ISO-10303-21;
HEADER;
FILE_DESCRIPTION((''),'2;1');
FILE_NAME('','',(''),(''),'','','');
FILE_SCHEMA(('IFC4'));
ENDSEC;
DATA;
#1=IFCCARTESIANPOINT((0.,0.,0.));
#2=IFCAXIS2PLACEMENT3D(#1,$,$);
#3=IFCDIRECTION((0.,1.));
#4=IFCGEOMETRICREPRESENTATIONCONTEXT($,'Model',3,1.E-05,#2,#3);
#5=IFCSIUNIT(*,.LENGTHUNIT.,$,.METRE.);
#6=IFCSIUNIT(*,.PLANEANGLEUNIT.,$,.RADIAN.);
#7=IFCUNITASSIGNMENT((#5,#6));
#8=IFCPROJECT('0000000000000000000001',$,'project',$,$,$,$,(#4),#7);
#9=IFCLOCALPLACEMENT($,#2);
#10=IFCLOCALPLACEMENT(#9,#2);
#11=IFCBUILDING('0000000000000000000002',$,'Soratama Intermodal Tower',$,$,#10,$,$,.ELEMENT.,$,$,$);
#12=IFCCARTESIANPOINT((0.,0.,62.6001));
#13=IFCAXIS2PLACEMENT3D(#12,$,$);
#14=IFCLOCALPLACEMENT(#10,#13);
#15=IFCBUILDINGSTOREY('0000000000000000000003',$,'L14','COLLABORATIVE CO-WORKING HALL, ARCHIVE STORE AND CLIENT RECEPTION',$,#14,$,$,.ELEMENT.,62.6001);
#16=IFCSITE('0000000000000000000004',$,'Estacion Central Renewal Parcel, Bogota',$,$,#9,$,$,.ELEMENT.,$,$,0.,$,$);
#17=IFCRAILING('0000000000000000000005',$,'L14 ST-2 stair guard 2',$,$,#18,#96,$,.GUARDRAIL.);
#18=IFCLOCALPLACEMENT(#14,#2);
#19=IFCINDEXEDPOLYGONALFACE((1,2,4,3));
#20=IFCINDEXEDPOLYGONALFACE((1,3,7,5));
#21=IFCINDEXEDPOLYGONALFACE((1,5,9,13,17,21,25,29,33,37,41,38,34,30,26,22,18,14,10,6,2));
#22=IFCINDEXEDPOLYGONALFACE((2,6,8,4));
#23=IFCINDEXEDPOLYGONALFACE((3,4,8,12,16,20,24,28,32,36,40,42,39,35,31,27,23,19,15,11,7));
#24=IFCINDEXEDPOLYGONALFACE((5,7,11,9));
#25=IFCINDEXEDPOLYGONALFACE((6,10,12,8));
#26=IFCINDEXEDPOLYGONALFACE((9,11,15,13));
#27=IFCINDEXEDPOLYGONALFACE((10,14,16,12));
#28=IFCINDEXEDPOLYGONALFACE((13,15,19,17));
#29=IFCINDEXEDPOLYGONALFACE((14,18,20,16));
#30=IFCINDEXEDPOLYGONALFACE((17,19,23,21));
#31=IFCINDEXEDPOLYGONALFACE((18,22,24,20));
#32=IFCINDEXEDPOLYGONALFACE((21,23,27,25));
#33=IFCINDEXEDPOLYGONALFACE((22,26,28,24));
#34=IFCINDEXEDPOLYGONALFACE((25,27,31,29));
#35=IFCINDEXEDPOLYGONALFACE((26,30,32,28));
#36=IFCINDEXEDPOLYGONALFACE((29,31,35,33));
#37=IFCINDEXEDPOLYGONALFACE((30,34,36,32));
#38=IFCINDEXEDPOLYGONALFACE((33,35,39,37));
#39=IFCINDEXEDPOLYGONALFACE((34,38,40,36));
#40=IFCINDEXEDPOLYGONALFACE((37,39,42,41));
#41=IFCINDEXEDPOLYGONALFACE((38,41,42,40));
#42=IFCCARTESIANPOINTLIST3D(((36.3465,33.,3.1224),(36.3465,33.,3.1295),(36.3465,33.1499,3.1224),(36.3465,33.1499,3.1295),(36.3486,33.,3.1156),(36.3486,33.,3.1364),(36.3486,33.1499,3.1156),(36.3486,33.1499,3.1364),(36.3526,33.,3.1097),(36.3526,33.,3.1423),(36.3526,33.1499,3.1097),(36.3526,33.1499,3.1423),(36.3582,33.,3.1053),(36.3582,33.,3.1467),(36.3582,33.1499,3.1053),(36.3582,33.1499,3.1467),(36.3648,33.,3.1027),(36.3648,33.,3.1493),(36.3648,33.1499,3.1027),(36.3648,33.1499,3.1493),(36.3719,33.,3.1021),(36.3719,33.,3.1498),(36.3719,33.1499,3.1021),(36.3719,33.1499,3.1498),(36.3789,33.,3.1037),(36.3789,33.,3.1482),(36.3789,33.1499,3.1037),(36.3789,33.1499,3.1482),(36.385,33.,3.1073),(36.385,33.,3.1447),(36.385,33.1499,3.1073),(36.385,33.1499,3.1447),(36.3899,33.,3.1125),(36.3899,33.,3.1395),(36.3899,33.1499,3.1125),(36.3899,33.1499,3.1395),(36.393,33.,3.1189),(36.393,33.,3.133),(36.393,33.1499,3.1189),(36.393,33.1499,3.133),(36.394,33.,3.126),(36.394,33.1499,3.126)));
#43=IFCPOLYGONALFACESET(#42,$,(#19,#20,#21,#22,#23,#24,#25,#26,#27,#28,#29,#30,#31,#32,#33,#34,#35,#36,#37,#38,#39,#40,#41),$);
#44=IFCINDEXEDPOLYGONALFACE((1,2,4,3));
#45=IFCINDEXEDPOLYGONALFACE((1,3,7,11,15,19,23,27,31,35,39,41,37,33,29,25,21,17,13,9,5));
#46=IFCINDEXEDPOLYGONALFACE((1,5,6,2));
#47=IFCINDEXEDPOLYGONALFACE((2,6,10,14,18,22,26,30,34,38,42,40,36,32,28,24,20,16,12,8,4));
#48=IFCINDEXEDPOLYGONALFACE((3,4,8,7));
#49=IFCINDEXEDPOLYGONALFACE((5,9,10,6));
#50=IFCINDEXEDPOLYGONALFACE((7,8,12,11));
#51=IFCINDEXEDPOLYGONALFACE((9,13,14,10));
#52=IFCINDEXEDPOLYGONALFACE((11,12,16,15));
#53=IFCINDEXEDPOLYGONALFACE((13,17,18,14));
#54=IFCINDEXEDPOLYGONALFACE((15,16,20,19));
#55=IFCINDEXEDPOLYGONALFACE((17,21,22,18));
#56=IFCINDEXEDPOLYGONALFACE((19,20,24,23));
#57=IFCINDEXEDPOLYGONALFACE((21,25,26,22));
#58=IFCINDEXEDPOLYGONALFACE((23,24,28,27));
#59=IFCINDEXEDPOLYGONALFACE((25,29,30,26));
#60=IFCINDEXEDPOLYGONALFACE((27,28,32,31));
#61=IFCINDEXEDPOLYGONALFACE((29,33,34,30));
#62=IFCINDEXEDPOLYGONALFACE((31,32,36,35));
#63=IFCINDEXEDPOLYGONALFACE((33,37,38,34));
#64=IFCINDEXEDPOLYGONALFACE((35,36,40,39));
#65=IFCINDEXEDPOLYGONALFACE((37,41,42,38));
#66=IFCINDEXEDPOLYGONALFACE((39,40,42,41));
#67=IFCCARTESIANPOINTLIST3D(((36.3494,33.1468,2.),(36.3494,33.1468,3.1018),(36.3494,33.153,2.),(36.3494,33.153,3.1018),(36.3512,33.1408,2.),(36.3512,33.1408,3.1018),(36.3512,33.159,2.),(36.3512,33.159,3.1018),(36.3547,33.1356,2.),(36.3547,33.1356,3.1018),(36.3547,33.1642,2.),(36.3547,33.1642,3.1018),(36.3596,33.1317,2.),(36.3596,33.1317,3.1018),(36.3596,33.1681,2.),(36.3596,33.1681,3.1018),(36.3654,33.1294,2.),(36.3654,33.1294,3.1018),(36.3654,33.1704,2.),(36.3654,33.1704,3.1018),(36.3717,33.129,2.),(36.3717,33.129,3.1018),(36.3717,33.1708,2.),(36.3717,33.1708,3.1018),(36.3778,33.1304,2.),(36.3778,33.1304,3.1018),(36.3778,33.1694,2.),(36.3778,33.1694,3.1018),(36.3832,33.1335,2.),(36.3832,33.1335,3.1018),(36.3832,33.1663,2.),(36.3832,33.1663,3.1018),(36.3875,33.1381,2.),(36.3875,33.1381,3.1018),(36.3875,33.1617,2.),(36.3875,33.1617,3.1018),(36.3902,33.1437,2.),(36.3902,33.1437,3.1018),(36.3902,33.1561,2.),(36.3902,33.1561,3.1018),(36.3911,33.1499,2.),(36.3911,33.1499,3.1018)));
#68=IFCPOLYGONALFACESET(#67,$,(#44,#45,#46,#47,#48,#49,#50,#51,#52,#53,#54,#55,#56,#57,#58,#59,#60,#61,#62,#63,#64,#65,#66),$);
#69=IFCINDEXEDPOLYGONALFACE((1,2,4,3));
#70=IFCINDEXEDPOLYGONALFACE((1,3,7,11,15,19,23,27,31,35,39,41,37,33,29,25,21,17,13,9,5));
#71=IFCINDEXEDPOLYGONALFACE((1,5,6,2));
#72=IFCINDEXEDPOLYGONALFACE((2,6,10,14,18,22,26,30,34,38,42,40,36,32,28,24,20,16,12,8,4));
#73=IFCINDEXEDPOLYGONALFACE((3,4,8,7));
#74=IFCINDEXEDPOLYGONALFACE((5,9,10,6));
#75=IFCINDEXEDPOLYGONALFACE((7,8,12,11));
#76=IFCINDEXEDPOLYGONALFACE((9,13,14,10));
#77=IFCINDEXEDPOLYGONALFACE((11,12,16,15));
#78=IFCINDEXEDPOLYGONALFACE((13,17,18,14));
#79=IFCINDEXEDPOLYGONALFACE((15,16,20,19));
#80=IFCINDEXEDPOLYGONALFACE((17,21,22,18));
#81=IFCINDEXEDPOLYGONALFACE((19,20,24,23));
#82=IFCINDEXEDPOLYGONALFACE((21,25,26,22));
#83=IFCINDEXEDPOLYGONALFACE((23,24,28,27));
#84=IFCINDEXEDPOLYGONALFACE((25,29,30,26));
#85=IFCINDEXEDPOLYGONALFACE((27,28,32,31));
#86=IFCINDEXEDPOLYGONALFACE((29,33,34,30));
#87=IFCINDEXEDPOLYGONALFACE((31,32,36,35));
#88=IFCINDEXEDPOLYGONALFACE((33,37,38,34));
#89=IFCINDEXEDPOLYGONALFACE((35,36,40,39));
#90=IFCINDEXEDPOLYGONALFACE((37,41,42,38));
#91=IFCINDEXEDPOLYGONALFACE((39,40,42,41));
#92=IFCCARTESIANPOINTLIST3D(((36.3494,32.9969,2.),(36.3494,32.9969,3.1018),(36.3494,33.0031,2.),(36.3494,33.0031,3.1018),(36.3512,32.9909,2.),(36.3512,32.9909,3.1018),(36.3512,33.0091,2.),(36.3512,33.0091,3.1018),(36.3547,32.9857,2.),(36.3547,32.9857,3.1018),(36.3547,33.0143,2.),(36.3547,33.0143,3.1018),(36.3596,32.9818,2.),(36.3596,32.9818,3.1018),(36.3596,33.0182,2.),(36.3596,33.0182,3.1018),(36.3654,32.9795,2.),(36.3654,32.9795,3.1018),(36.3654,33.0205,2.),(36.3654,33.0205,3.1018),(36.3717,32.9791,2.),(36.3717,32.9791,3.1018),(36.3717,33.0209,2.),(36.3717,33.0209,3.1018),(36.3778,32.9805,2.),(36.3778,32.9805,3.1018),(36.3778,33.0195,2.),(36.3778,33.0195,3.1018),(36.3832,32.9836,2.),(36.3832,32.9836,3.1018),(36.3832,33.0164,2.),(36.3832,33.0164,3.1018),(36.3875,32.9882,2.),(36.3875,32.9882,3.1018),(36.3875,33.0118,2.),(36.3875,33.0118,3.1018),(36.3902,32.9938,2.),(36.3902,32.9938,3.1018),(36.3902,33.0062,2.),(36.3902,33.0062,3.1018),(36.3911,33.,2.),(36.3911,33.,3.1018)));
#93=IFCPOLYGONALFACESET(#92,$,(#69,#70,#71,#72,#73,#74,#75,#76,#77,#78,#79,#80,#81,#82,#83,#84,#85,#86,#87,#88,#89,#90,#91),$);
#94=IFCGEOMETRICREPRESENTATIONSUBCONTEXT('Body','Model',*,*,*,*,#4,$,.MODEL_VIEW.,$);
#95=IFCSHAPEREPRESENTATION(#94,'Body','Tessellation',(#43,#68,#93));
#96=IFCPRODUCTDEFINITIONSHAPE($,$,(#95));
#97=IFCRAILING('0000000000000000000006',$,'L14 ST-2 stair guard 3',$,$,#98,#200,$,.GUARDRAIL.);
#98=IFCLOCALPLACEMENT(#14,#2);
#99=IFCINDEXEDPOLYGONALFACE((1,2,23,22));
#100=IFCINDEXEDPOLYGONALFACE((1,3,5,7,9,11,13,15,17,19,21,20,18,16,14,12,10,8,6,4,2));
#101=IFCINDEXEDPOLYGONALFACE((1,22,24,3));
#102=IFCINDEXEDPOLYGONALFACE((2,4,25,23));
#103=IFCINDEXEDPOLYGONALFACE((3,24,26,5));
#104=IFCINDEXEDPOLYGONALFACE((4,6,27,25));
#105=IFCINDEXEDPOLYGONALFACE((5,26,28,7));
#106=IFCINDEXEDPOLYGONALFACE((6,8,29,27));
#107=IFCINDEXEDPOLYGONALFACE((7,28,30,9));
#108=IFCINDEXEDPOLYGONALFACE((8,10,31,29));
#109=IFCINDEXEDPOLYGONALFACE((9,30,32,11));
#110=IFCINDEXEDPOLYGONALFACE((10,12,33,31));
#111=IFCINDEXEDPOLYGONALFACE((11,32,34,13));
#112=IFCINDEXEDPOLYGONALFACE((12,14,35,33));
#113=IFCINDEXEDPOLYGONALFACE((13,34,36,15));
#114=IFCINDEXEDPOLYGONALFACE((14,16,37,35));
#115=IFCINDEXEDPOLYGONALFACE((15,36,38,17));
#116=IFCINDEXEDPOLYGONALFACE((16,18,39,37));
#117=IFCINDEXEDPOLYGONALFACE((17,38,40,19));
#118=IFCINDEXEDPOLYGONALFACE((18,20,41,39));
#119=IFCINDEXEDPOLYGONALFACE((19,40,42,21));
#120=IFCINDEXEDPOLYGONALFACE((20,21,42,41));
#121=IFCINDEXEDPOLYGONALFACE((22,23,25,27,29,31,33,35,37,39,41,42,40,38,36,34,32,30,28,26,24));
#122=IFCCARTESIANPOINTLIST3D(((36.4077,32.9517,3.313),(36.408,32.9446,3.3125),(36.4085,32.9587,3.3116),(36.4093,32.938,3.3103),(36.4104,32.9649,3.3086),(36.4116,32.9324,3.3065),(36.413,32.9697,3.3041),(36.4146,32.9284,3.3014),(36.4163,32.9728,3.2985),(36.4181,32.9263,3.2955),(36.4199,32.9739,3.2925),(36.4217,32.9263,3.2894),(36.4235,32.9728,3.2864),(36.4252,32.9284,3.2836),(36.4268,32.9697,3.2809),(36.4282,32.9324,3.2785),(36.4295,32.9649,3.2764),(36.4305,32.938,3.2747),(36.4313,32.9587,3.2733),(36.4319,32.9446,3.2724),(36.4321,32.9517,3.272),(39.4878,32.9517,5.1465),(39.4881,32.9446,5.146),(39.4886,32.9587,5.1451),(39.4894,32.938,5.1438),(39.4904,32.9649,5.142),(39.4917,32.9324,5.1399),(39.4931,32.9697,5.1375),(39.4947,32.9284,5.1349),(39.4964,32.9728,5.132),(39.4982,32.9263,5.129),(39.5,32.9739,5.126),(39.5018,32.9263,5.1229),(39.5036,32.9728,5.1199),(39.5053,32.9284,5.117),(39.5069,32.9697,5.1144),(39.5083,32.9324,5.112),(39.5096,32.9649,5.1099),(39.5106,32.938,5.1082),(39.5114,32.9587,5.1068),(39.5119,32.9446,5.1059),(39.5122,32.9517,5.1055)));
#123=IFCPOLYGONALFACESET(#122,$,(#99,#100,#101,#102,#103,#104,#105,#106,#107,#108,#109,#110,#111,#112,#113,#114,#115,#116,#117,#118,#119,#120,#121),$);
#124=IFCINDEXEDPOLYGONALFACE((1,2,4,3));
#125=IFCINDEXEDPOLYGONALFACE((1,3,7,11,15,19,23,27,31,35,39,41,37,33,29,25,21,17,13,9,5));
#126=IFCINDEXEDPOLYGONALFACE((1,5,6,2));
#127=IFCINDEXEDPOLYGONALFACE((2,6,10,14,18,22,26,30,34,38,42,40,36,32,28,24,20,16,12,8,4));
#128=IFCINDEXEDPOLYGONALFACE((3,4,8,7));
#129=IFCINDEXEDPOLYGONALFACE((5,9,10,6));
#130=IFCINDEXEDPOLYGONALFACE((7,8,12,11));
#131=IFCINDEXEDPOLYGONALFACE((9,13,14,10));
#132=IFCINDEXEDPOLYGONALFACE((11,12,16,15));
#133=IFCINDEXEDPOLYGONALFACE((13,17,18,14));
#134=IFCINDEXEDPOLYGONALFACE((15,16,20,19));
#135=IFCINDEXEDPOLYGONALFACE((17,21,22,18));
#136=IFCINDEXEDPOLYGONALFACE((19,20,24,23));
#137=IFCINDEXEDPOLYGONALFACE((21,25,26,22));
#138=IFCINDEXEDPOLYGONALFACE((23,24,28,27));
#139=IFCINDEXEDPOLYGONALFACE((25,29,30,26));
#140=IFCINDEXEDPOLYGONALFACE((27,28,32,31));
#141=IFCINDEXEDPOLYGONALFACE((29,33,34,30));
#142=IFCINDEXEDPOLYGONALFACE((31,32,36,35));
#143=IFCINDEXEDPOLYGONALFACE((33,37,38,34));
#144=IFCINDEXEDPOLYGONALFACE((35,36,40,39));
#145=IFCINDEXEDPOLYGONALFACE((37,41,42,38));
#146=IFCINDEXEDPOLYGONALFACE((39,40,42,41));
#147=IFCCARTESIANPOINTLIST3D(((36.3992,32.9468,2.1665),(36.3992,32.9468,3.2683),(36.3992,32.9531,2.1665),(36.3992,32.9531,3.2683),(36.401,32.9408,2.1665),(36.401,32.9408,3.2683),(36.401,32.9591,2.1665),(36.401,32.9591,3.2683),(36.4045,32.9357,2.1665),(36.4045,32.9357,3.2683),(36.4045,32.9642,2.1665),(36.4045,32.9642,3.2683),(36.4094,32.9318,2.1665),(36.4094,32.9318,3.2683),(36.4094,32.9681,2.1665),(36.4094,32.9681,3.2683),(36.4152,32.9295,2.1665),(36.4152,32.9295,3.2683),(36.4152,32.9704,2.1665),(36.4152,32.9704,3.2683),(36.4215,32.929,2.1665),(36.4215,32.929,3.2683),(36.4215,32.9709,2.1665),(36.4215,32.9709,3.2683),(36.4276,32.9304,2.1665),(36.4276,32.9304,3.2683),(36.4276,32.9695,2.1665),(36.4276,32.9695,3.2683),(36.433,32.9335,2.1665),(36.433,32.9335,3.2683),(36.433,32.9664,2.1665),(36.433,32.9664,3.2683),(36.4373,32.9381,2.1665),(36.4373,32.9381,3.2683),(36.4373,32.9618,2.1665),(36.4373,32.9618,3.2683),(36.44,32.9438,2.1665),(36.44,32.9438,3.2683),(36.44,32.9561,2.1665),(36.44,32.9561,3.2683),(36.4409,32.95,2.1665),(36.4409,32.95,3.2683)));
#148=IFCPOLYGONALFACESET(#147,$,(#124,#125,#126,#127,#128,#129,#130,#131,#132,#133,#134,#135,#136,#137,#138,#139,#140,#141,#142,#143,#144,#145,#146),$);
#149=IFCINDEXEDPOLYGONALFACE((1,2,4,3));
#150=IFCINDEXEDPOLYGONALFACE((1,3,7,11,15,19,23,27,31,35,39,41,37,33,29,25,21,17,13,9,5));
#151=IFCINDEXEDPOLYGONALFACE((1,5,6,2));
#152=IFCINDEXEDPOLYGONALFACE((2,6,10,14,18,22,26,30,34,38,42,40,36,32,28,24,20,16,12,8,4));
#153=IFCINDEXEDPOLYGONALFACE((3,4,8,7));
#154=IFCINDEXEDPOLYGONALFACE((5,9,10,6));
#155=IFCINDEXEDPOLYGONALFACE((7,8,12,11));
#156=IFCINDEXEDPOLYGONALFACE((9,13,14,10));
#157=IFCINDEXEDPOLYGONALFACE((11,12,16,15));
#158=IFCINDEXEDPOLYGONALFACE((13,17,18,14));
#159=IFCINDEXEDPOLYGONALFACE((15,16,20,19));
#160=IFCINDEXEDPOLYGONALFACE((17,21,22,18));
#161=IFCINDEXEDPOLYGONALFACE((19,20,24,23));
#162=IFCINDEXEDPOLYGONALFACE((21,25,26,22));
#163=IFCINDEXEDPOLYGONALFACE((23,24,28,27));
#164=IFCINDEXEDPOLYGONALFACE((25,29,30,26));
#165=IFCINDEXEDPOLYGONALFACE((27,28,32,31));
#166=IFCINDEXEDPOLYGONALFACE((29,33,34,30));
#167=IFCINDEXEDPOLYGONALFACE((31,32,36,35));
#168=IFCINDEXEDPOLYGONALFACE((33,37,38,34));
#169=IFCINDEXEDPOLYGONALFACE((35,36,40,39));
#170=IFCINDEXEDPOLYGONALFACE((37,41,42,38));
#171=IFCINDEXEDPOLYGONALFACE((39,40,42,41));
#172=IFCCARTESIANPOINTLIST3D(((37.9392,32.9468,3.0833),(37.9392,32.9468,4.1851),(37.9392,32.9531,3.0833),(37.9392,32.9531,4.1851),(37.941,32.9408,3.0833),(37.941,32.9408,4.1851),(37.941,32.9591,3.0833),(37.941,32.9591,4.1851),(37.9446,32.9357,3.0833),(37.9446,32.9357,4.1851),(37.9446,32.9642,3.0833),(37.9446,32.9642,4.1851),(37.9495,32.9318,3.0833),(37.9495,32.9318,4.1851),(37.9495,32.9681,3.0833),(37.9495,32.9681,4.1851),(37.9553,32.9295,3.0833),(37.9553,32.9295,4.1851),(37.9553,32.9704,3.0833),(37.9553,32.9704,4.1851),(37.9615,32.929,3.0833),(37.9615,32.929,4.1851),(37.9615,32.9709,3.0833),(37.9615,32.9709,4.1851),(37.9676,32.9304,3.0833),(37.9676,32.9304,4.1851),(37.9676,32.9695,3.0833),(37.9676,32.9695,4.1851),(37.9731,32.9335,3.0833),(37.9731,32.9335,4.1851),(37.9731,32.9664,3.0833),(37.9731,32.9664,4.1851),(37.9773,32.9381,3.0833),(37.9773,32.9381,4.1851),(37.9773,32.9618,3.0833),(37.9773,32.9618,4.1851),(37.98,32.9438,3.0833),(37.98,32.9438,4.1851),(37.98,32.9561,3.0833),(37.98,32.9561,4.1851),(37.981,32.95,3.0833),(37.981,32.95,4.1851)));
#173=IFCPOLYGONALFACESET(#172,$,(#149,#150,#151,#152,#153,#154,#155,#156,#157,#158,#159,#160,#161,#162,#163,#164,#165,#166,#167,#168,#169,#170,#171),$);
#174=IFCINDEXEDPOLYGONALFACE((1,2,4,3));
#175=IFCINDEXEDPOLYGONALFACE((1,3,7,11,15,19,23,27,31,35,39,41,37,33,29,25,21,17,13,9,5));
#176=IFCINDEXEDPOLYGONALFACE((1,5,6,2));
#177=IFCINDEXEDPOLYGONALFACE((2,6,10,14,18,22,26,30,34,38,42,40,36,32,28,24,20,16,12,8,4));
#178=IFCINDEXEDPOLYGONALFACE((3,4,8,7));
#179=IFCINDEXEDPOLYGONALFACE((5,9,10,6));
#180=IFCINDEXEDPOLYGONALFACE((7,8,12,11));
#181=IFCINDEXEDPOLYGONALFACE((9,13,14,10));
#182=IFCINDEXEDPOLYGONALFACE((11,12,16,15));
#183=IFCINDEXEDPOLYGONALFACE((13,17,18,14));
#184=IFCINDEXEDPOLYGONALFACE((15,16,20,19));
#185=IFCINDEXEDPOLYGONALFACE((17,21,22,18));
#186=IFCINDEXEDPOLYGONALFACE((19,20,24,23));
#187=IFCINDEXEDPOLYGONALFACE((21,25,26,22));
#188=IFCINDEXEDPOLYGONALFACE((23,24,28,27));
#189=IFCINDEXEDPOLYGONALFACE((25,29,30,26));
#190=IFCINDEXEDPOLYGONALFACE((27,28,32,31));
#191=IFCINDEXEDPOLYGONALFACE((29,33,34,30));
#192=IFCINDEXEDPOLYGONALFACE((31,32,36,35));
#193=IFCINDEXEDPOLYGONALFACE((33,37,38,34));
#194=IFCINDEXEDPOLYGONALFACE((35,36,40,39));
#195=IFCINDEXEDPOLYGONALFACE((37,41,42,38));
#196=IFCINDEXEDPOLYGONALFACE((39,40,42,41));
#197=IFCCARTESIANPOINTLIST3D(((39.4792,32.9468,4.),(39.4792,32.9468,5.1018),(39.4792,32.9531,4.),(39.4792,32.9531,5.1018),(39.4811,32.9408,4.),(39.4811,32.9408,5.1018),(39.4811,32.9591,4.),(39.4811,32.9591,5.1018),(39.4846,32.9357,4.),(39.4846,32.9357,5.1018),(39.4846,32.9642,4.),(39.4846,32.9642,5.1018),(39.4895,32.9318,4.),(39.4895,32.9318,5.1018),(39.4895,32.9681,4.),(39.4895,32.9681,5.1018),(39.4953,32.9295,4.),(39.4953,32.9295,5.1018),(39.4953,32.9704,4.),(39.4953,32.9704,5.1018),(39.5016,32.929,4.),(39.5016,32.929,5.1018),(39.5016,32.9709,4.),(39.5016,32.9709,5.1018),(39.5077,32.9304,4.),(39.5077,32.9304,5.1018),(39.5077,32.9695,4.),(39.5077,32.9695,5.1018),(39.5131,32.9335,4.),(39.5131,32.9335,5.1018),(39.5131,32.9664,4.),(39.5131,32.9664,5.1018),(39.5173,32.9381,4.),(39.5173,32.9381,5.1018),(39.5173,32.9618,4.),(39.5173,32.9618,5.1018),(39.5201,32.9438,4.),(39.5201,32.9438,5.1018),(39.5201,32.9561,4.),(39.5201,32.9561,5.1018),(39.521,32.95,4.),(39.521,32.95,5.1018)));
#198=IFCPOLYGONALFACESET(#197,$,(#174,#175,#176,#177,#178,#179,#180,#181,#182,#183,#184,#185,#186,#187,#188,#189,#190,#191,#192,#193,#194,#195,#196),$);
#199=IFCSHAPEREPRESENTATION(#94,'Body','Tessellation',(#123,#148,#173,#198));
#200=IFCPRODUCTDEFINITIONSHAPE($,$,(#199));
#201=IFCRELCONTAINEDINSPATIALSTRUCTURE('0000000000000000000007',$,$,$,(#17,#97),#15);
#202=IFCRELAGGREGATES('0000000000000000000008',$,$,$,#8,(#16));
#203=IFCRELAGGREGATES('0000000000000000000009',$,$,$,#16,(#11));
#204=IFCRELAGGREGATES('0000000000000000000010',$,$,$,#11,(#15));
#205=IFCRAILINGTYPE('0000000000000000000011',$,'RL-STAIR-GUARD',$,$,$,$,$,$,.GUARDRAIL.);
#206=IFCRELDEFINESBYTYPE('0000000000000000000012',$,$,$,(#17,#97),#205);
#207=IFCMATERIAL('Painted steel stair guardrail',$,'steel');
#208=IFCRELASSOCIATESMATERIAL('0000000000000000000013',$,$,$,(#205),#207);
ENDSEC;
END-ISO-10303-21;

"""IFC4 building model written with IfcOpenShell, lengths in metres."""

from ifc_helpers import new_model, si_unit, direction, frame, origin, origin_2d, place, context, subcontext, project, spatial, circle, extrude, material, type_object, element, save


model = new_model("IFC4")

# Units and contexts
model_context = context("Model", 3, precision=1e-05, world=origin(), true_north=direction((0.0, 1.0)))
body_context = subcontext(model_context, "Body", "Model", "MODEL_VIEW")
ifc_project = project(units=[si_unit("LENGTHUNIT", "METRE"), si_unit("PLANEANGLEUNIT", "RADIAN")], contexts=[model_context])

# Site, building, storey
site_placement = place(None, origin())
site = spatial("IfcSite", under=ifc_project, at=site_placement, Name="Estacion Central Renewal Parcel, Bogota", CompositionType="ELEMENT", RefElevation=0.0)
building_placement = place(site_placement, origin())
building = spatial("IfcBuilding", under=site, at=building_placement, Name="Soratama Intermodal Tower", CompositionType="ELEMENT")
storey_placement = place(building_placement, frame((0.0, 0.0, 62.6001)))
storey = spatial("IfcBuildingStorey", under=building, at=storey_placement, Name="L14", Description="COLLABORATIVE CO-WORKING HALL, ARCHIVE STORE AND CLIENT RECEPTION", CompositionType="ELEMENT", Elevation=62.6001)

# Railings
ifc_material_1 = material(Name="Painted steel stair guardrail", Category="steel")
railing_type_1 = type_object("IfcRailingType", Name="RL-STAIR-GUARD", PredefinedType="GUARDRAIL", material=ifc_material_1)
railing_1_placement = place(storey_placement, frame((36.3701, 33.1499, 2.0)))
element("IfcRailing", 1, at=railing_1_placement, inside=storey, type_object=railing_type_1, Name="L14 ST-2 stair guard 2", PredefinedType="GUARDRAIL", context=body_context, shape_type="SweptSolid", body=[
    extrude(circle(Radius=0.0239, at=origin_2d()), frame((0.0, 0.0, 1.126), z_axis=(0.0, -1.0, 0.0), x_axis=(1.0, 0.0, 0.0)), (0.0, 0.0, 1.0), 0.1499),
    extrude(circle(Radius=0.021, at=origin_2d()), origin(), (0.0, 0.0, 1.0), 1.1018),
    extrude(circle(Radius=0.021, at=origin_2d()), frame((0.0, -0.1499, 0.0)), (0.0, 0.0, 1.0), 1.1018),
])
railing_2_placement = place(storey_placement, frame((36.4199, 32.95, 2.1665)))
element("IfcRailing", 2, at=railing_2_placement, inside=storey, type_object=railing_type_1, Name="L14 ST-2 stair guard 3", PredefinedType="GUARDRAIL", context=body_context, shape_type="SweptSolid", body=[
    extrude(circle(Radius=0.0239, at=origin_2d()), frame((0.0, 0.0, 1.126), z_axis=(0.859279, 0.0, 0.511508), x_axis=(0.0, 1.0, 0.0)), (0.0, 0.0, 1.0), 3.5845),
    extrude(circle(Radius=0.021, at=origin_2d()), origin(), (0.0, 0.0, 1.0), 1.1018),
    extrude(circle(Radius=0.021, at=origin_2d()), frame((1.54, 0.0, 0.9167)), (0.0, 0.0, 1.0), 1.1018),
    extrude(circle(Radius=0.021, at=origin_2d()), frame((3.0801, 0.0, 1.8335)), (0.0, 0.0, 1.0), 1.1018),
])

save(model, "model.ifc")
